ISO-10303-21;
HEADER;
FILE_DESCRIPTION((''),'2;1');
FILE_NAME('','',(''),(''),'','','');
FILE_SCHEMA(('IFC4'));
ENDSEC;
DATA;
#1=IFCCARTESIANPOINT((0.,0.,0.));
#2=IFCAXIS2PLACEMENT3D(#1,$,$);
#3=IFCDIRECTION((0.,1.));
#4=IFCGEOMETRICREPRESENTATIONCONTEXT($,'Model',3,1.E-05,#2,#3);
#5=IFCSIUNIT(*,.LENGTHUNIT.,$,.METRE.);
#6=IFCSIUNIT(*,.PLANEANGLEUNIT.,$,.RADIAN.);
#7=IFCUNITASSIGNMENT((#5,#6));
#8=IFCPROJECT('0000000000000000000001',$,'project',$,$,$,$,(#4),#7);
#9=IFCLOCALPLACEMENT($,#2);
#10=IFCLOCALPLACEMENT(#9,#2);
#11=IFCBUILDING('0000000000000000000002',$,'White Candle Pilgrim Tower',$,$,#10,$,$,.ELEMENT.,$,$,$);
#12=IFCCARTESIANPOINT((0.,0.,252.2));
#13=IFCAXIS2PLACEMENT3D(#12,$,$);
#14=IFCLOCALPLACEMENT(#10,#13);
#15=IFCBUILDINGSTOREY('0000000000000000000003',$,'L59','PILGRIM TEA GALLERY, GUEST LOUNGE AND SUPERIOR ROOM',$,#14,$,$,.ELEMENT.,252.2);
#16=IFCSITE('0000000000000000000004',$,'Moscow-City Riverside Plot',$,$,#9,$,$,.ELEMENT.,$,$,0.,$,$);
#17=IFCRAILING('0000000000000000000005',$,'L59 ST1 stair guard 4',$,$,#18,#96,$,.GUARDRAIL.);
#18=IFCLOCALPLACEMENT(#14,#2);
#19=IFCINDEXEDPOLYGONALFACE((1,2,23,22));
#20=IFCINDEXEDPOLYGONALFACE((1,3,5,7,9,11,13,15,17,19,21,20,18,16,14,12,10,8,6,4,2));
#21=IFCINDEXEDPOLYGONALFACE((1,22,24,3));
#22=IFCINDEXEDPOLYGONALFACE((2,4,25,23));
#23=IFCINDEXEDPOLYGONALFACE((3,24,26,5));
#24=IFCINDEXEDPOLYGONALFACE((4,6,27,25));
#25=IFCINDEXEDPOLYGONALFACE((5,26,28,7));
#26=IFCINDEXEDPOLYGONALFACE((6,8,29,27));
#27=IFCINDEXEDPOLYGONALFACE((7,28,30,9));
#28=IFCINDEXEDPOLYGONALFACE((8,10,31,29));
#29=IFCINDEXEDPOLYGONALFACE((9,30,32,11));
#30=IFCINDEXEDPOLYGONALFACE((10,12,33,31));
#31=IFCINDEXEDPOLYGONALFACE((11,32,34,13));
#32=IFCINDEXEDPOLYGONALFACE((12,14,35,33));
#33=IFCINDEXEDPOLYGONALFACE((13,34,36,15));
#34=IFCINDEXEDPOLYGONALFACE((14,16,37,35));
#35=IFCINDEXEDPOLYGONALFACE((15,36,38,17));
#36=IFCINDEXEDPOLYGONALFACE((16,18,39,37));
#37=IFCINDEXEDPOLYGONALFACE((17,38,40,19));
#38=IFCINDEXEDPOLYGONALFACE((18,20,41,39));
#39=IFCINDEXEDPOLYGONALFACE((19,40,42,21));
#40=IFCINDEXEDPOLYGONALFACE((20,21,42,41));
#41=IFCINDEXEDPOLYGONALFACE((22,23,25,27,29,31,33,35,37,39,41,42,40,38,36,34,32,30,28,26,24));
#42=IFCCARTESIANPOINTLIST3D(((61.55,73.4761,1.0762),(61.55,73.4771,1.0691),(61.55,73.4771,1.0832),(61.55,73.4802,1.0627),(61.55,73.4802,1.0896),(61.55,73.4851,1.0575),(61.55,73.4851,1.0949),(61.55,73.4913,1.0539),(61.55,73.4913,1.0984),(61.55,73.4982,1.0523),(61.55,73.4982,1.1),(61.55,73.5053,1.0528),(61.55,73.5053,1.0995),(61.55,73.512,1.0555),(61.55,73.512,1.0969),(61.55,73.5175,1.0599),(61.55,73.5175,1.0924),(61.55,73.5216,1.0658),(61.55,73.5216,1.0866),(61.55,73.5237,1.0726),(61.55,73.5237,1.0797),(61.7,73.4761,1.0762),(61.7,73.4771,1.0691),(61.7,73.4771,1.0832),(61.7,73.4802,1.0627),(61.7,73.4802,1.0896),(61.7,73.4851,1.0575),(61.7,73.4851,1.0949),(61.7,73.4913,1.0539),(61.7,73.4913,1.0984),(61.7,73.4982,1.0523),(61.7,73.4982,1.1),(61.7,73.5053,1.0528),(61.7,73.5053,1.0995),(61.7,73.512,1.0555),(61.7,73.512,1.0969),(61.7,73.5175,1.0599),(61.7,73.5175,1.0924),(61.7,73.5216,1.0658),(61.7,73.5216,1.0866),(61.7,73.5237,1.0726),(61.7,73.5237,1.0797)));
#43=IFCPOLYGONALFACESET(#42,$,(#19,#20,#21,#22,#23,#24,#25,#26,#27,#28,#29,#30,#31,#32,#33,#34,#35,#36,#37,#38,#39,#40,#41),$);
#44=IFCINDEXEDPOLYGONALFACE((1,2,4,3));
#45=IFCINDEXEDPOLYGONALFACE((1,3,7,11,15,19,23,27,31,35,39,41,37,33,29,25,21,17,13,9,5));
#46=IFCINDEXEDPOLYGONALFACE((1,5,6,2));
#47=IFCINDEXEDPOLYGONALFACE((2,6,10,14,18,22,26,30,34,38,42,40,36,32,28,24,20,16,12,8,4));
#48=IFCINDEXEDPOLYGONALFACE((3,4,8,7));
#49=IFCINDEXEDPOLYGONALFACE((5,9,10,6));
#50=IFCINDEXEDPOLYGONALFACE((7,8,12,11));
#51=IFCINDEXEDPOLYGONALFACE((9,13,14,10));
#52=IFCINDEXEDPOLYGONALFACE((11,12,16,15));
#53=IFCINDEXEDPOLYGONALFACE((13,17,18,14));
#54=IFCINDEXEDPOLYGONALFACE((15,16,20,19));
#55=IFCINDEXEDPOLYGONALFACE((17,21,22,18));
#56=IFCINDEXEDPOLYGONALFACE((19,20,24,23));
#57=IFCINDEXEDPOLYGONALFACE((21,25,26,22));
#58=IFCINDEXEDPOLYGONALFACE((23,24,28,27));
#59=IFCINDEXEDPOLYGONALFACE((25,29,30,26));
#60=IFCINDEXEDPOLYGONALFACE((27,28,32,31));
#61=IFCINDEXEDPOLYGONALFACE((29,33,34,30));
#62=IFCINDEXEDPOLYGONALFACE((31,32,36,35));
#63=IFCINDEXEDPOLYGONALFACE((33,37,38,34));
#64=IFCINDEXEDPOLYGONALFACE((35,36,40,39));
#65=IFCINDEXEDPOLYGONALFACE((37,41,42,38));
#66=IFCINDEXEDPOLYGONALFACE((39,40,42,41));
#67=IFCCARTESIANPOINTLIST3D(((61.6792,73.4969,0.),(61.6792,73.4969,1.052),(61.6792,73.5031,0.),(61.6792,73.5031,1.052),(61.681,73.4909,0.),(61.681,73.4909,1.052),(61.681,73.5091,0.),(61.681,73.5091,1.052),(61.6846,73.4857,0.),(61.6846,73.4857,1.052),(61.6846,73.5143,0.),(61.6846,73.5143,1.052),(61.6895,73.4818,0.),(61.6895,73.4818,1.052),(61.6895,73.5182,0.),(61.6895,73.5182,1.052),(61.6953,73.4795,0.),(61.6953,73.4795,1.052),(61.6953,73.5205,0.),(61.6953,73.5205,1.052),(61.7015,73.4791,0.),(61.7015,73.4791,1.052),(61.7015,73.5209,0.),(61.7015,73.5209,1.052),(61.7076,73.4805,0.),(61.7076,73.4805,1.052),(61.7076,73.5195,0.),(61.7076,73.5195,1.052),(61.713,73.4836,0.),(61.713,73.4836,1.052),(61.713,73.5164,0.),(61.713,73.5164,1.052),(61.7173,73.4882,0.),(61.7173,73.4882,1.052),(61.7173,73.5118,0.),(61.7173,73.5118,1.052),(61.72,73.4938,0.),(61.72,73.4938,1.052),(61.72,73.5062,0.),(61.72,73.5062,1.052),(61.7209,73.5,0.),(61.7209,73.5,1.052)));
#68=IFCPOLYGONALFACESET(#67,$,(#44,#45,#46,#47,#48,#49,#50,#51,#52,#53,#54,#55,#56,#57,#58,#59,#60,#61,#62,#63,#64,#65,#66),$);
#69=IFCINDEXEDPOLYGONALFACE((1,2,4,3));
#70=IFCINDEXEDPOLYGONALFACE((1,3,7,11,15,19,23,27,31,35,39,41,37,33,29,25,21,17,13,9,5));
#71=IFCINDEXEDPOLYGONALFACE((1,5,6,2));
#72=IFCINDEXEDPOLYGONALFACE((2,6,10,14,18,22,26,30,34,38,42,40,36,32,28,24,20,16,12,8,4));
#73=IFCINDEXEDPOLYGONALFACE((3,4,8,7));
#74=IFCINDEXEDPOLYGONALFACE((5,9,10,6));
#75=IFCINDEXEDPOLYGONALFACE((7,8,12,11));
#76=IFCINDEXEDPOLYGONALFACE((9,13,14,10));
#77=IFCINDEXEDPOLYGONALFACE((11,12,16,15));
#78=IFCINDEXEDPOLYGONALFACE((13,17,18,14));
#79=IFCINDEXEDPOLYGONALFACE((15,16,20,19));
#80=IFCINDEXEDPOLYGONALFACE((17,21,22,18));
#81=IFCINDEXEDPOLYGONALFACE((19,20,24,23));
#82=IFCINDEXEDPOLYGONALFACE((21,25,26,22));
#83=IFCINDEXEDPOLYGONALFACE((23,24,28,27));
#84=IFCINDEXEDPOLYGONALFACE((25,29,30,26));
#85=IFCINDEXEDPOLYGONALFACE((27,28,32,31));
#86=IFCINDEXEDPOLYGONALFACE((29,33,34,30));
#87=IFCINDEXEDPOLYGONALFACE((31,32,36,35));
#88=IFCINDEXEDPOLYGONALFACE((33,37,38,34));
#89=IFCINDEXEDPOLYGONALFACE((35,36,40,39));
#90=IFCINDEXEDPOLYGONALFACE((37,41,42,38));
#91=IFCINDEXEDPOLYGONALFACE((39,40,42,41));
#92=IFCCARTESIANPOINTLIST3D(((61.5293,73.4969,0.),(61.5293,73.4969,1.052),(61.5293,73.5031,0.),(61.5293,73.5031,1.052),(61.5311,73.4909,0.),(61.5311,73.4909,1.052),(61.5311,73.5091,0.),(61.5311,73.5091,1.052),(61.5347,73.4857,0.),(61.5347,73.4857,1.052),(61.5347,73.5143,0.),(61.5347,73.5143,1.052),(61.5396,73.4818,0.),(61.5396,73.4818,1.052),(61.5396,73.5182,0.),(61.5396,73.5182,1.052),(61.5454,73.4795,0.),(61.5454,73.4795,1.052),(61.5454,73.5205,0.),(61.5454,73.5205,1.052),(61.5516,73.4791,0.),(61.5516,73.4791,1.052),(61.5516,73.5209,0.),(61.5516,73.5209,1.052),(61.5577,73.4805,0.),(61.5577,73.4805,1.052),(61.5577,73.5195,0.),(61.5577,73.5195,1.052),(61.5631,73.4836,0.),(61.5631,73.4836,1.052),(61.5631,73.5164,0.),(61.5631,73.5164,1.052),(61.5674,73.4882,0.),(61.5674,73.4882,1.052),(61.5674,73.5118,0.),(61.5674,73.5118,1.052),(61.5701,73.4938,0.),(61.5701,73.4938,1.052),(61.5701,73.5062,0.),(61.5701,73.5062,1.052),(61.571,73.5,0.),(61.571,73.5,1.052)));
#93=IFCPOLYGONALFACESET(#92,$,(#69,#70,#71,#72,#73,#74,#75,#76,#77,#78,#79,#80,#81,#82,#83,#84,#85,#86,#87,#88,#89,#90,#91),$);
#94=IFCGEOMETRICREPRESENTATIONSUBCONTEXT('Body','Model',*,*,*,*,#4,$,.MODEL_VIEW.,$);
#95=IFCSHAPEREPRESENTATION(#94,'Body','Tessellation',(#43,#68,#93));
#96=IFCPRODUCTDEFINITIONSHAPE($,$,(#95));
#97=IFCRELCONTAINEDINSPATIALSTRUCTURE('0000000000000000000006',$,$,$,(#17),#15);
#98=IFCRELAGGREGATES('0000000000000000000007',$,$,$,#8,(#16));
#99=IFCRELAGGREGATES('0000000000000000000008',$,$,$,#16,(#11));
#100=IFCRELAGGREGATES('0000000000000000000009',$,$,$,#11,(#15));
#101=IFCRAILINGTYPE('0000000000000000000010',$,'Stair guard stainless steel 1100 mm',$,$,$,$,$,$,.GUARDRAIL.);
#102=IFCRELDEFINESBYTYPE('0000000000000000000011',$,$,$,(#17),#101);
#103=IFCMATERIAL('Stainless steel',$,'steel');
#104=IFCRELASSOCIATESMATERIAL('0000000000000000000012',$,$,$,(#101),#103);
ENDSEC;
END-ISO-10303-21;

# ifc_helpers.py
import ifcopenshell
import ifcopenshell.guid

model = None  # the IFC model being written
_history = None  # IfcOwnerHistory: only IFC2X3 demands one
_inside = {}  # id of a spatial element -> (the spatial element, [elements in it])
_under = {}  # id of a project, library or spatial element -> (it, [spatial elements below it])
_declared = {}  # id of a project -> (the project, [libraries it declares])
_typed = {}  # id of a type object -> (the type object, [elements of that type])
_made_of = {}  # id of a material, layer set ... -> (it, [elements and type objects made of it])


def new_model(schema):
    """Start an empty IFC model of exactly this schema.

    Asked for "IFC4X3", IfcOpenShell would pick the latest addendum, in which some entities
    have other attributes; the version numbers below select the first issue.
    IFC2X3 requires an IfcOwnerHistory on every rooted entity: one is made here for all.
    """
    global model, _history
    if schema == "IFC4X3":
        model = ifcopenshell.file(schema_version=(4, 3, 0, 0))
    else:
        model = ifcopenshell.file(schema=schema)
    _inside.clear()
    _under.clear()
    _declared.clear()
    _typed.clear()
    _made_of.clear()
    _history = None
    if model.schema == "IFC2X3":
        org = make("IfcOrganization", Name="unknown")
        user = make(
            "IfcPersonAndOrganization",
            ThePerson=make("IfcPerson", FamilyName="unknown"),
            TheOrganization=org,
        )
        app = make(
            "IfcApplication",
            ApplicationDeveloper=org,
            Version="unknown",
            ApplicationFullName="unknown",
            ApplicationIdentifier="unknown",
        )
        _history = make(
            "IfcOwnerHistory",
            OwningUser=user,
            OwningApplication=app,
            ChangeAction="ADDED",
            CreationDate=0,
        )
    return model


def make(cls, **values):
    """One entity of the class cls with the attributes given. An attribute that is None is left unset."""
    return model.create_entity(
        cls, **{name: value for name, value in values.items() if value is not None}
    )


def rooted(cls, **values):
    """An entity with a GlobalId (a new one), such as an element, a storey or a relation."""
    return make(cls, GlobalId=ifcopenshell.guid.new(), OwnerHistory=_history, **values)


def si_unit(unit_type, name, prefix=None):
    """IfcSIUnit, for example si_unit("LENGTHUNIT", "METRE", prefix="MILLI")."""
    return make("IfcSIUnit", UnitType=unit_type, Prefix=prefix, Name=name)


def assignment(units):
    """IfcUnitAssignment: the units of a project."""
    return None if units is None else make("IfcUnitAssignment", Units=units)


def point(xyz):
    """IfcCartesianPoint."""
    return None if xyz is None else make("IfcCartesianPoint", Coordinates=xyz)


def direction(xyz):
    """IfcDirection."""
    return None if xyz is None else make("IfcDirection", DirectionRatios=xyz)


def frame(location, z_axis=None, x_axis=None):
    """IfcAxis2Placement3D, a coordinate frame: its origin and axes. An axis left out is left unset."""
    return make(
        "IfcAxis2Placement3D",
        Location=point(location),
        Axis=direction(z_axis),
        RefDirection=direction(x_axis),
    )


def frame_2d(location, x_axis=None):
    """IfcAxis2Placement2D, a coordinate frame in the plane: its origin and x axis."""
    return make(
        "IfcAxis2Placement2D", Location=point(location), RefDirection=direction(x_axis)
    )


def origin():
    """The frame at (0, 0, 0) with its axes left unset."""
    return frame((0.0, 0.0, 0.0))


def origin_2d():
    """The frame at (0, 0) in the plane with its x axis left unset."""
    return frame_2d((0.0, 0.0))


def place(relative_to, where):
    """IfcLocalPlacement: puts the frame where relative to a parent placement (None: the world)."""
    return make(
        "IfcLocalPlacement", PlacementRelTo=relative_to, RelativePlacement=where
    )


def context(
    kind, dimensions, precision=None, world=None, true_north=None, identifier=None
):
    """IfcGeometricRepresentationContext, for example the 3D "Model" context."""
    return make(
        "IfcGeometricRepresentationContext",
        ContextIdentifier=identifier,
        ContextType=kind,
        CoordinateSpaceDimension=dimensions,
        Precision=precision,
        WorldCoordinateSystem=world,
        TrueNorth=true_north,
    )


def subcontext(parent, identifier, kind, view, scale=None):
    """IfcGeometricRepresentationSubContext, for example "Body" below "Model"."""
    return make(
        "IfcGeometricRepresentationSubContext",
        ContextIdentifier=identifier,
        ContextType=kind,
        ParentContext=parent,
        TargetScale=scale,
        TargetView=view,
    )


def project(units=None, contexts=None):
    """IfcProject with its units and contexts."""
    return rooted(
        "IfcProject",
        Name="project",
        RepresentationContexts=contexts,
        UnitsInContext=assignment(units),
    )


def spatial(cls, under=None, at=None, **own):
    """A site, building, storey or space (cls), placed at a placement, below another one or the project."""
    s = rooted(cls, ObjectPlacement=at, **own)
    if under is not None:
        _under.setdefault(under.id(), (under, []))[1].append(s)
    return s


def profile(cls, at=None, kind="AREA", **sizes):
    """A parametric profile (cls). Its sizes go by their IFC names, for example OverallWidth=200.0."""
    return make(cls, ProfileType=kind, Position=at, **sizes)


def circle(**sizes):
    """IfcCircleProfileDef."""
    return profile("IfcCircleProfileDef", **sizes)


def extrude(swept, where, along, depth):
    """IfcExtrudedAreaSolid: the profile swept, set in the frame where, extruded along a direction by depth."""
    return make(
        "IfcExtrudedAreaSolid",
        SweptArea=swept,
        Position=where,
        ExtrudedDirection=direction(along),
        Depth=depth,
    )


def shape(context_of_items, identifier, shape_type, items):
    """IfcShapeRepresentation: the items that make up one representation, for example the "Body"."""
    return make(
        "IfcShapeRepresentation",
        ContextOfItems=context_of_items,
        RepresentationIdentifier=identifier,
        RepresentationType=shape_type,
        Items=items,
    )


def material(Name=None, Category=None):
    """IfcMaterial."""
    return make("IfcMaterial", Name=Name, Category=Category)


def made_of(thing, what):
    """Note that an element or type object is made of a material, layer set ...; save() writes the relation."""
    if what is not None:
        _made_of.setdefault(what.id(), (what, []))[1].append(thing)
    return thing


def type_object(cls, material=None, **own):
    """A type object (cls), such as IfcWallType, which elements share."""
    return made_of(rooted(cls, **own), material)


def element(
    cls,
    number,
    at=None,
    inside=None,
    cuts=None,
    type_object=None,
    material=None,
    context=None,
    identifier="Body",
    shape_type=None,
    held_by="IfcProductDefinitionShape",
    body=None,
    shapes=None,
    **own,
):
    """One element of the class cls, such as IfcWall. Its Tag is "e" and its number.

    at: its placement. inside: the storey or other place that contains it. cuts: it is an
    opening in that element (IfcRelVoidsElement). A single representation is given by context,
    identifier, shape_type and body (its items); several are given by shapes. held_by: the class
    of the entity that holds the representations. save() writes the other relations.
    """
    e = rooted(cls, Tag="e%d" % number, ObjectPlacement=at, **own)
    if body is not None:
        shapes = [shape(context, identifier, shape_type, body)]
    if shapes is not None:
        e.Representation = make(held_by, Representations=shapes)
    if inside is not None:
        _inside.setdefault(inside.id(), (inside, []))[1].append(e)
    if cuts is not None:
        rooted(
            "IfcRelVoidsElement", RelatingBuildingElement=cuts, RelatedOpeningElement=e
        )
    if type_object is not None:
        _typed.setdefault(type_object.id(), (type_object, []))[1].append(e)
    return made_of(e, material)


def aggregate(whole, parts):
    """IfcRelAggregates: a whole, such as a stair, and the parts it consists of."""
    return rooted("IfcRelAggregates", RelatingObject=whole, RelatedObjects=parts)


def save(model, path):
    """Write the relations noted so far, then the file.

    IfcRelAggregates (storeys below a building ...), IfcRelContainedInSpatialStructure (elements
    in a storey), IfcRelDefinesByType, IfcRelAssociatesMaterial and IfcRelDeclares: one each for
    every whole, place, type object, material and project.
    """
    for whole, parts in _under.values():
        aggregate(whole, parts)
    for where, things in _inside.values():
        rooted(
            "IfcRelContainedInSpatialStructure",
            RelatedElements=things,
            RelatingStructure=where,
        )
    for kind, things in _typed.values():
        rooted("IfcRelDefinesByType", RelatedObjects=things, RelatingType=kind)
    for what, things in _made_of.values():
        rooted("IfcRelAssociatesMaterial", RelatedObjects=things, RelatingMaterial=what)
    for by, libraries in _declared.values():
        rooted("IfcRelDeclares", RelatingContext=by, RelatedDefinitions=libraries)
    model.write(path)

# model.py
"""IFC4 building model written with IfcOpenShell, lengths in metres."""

from ifc_helpers import new_model, si_unit, direction, frame, origin, origin_2d, place, context, subcontext, project, spatial, circle, extrude, material, type_object, element, save


model = new_model("IFC4")

# Units and contexts
model_context = context("Model", 3, precision=1e-05, world=origin(), true_north=direction((0.0, 1.0)))
body_context = subcontext(model_context, "Body", "Model", "MODEL_VIEW")
ifc_project = project(units=[si_unit("LENGTHUNIT", "METRE"), si_unit("PLANEANGLEUNIT", "RADIAN")], contexts=[model_context])

# Site, building, storey
site_placement = place(None, origin())
site = spatial("IfcSite", under=ifc_project, at=site_placement, Name="Moscow-City Riverside Plot", CompositionType="ELEMENT", RefElevation=0.0)
building_placement = place(site_placement, origin())
building = spatial("IfcBuilding", under=site, at=building_placement, Name="White Candle Pilgrim Tower", CompositionType="ELEMENT")
storey_placement = place(building_placement, frame((0.0, 0.0, 252.2)))
storey = spatial("IfcBuildingStorey", under=building, at=storey_placement, Name="L59", Description="PILGRIM TEA GALLERY, GUEST LOUNGE AND SUPERIOR ROOM", CompositionType="ELEMENT", Elevation=252.2)

# Railing
ifc_material_1 = material(Name="Stainless steel", Category="steel")
railing_type_1 = type_object("IfcRailingType", Name="Stair guard stainless steel 1100 mm", PredefinedType="GUARDRAIL", material=ifc_material_1)
railing_1_placement = place(storey_placement, frame((61.7, 73.5, 0.0)))
element("IfcRailing", 1, at=railing_1_placement, inside=storey, type_object=railing_type_1, Name="L59 ST1 stair guard 4", PredefinedType="GUARDRAIL", context=body_context, shape_type="SweptSolid", body=[
    extrude(circle(Radius=0.0239, at=origin_2d()), frame((0.0, 0.0, 1.0762), z_axis=(-1.0, 0.0, 0.0), x_axis=(0.0, -1.0, 0.0)), (0.0, 0.0, 1.0), 0.1499),
    extrude(circle(Radius=0.021, at=origin_2d()), origin(), (0.0, 0.0, 1.0), 1.052),
    extrude(circle(Radius=0.021, at=origin_2d()), frame((-0.1499, 0.0, 0.0)), (0.0, 0.0, 1.0), 1.052),
])

save(model, "model.ifc")
